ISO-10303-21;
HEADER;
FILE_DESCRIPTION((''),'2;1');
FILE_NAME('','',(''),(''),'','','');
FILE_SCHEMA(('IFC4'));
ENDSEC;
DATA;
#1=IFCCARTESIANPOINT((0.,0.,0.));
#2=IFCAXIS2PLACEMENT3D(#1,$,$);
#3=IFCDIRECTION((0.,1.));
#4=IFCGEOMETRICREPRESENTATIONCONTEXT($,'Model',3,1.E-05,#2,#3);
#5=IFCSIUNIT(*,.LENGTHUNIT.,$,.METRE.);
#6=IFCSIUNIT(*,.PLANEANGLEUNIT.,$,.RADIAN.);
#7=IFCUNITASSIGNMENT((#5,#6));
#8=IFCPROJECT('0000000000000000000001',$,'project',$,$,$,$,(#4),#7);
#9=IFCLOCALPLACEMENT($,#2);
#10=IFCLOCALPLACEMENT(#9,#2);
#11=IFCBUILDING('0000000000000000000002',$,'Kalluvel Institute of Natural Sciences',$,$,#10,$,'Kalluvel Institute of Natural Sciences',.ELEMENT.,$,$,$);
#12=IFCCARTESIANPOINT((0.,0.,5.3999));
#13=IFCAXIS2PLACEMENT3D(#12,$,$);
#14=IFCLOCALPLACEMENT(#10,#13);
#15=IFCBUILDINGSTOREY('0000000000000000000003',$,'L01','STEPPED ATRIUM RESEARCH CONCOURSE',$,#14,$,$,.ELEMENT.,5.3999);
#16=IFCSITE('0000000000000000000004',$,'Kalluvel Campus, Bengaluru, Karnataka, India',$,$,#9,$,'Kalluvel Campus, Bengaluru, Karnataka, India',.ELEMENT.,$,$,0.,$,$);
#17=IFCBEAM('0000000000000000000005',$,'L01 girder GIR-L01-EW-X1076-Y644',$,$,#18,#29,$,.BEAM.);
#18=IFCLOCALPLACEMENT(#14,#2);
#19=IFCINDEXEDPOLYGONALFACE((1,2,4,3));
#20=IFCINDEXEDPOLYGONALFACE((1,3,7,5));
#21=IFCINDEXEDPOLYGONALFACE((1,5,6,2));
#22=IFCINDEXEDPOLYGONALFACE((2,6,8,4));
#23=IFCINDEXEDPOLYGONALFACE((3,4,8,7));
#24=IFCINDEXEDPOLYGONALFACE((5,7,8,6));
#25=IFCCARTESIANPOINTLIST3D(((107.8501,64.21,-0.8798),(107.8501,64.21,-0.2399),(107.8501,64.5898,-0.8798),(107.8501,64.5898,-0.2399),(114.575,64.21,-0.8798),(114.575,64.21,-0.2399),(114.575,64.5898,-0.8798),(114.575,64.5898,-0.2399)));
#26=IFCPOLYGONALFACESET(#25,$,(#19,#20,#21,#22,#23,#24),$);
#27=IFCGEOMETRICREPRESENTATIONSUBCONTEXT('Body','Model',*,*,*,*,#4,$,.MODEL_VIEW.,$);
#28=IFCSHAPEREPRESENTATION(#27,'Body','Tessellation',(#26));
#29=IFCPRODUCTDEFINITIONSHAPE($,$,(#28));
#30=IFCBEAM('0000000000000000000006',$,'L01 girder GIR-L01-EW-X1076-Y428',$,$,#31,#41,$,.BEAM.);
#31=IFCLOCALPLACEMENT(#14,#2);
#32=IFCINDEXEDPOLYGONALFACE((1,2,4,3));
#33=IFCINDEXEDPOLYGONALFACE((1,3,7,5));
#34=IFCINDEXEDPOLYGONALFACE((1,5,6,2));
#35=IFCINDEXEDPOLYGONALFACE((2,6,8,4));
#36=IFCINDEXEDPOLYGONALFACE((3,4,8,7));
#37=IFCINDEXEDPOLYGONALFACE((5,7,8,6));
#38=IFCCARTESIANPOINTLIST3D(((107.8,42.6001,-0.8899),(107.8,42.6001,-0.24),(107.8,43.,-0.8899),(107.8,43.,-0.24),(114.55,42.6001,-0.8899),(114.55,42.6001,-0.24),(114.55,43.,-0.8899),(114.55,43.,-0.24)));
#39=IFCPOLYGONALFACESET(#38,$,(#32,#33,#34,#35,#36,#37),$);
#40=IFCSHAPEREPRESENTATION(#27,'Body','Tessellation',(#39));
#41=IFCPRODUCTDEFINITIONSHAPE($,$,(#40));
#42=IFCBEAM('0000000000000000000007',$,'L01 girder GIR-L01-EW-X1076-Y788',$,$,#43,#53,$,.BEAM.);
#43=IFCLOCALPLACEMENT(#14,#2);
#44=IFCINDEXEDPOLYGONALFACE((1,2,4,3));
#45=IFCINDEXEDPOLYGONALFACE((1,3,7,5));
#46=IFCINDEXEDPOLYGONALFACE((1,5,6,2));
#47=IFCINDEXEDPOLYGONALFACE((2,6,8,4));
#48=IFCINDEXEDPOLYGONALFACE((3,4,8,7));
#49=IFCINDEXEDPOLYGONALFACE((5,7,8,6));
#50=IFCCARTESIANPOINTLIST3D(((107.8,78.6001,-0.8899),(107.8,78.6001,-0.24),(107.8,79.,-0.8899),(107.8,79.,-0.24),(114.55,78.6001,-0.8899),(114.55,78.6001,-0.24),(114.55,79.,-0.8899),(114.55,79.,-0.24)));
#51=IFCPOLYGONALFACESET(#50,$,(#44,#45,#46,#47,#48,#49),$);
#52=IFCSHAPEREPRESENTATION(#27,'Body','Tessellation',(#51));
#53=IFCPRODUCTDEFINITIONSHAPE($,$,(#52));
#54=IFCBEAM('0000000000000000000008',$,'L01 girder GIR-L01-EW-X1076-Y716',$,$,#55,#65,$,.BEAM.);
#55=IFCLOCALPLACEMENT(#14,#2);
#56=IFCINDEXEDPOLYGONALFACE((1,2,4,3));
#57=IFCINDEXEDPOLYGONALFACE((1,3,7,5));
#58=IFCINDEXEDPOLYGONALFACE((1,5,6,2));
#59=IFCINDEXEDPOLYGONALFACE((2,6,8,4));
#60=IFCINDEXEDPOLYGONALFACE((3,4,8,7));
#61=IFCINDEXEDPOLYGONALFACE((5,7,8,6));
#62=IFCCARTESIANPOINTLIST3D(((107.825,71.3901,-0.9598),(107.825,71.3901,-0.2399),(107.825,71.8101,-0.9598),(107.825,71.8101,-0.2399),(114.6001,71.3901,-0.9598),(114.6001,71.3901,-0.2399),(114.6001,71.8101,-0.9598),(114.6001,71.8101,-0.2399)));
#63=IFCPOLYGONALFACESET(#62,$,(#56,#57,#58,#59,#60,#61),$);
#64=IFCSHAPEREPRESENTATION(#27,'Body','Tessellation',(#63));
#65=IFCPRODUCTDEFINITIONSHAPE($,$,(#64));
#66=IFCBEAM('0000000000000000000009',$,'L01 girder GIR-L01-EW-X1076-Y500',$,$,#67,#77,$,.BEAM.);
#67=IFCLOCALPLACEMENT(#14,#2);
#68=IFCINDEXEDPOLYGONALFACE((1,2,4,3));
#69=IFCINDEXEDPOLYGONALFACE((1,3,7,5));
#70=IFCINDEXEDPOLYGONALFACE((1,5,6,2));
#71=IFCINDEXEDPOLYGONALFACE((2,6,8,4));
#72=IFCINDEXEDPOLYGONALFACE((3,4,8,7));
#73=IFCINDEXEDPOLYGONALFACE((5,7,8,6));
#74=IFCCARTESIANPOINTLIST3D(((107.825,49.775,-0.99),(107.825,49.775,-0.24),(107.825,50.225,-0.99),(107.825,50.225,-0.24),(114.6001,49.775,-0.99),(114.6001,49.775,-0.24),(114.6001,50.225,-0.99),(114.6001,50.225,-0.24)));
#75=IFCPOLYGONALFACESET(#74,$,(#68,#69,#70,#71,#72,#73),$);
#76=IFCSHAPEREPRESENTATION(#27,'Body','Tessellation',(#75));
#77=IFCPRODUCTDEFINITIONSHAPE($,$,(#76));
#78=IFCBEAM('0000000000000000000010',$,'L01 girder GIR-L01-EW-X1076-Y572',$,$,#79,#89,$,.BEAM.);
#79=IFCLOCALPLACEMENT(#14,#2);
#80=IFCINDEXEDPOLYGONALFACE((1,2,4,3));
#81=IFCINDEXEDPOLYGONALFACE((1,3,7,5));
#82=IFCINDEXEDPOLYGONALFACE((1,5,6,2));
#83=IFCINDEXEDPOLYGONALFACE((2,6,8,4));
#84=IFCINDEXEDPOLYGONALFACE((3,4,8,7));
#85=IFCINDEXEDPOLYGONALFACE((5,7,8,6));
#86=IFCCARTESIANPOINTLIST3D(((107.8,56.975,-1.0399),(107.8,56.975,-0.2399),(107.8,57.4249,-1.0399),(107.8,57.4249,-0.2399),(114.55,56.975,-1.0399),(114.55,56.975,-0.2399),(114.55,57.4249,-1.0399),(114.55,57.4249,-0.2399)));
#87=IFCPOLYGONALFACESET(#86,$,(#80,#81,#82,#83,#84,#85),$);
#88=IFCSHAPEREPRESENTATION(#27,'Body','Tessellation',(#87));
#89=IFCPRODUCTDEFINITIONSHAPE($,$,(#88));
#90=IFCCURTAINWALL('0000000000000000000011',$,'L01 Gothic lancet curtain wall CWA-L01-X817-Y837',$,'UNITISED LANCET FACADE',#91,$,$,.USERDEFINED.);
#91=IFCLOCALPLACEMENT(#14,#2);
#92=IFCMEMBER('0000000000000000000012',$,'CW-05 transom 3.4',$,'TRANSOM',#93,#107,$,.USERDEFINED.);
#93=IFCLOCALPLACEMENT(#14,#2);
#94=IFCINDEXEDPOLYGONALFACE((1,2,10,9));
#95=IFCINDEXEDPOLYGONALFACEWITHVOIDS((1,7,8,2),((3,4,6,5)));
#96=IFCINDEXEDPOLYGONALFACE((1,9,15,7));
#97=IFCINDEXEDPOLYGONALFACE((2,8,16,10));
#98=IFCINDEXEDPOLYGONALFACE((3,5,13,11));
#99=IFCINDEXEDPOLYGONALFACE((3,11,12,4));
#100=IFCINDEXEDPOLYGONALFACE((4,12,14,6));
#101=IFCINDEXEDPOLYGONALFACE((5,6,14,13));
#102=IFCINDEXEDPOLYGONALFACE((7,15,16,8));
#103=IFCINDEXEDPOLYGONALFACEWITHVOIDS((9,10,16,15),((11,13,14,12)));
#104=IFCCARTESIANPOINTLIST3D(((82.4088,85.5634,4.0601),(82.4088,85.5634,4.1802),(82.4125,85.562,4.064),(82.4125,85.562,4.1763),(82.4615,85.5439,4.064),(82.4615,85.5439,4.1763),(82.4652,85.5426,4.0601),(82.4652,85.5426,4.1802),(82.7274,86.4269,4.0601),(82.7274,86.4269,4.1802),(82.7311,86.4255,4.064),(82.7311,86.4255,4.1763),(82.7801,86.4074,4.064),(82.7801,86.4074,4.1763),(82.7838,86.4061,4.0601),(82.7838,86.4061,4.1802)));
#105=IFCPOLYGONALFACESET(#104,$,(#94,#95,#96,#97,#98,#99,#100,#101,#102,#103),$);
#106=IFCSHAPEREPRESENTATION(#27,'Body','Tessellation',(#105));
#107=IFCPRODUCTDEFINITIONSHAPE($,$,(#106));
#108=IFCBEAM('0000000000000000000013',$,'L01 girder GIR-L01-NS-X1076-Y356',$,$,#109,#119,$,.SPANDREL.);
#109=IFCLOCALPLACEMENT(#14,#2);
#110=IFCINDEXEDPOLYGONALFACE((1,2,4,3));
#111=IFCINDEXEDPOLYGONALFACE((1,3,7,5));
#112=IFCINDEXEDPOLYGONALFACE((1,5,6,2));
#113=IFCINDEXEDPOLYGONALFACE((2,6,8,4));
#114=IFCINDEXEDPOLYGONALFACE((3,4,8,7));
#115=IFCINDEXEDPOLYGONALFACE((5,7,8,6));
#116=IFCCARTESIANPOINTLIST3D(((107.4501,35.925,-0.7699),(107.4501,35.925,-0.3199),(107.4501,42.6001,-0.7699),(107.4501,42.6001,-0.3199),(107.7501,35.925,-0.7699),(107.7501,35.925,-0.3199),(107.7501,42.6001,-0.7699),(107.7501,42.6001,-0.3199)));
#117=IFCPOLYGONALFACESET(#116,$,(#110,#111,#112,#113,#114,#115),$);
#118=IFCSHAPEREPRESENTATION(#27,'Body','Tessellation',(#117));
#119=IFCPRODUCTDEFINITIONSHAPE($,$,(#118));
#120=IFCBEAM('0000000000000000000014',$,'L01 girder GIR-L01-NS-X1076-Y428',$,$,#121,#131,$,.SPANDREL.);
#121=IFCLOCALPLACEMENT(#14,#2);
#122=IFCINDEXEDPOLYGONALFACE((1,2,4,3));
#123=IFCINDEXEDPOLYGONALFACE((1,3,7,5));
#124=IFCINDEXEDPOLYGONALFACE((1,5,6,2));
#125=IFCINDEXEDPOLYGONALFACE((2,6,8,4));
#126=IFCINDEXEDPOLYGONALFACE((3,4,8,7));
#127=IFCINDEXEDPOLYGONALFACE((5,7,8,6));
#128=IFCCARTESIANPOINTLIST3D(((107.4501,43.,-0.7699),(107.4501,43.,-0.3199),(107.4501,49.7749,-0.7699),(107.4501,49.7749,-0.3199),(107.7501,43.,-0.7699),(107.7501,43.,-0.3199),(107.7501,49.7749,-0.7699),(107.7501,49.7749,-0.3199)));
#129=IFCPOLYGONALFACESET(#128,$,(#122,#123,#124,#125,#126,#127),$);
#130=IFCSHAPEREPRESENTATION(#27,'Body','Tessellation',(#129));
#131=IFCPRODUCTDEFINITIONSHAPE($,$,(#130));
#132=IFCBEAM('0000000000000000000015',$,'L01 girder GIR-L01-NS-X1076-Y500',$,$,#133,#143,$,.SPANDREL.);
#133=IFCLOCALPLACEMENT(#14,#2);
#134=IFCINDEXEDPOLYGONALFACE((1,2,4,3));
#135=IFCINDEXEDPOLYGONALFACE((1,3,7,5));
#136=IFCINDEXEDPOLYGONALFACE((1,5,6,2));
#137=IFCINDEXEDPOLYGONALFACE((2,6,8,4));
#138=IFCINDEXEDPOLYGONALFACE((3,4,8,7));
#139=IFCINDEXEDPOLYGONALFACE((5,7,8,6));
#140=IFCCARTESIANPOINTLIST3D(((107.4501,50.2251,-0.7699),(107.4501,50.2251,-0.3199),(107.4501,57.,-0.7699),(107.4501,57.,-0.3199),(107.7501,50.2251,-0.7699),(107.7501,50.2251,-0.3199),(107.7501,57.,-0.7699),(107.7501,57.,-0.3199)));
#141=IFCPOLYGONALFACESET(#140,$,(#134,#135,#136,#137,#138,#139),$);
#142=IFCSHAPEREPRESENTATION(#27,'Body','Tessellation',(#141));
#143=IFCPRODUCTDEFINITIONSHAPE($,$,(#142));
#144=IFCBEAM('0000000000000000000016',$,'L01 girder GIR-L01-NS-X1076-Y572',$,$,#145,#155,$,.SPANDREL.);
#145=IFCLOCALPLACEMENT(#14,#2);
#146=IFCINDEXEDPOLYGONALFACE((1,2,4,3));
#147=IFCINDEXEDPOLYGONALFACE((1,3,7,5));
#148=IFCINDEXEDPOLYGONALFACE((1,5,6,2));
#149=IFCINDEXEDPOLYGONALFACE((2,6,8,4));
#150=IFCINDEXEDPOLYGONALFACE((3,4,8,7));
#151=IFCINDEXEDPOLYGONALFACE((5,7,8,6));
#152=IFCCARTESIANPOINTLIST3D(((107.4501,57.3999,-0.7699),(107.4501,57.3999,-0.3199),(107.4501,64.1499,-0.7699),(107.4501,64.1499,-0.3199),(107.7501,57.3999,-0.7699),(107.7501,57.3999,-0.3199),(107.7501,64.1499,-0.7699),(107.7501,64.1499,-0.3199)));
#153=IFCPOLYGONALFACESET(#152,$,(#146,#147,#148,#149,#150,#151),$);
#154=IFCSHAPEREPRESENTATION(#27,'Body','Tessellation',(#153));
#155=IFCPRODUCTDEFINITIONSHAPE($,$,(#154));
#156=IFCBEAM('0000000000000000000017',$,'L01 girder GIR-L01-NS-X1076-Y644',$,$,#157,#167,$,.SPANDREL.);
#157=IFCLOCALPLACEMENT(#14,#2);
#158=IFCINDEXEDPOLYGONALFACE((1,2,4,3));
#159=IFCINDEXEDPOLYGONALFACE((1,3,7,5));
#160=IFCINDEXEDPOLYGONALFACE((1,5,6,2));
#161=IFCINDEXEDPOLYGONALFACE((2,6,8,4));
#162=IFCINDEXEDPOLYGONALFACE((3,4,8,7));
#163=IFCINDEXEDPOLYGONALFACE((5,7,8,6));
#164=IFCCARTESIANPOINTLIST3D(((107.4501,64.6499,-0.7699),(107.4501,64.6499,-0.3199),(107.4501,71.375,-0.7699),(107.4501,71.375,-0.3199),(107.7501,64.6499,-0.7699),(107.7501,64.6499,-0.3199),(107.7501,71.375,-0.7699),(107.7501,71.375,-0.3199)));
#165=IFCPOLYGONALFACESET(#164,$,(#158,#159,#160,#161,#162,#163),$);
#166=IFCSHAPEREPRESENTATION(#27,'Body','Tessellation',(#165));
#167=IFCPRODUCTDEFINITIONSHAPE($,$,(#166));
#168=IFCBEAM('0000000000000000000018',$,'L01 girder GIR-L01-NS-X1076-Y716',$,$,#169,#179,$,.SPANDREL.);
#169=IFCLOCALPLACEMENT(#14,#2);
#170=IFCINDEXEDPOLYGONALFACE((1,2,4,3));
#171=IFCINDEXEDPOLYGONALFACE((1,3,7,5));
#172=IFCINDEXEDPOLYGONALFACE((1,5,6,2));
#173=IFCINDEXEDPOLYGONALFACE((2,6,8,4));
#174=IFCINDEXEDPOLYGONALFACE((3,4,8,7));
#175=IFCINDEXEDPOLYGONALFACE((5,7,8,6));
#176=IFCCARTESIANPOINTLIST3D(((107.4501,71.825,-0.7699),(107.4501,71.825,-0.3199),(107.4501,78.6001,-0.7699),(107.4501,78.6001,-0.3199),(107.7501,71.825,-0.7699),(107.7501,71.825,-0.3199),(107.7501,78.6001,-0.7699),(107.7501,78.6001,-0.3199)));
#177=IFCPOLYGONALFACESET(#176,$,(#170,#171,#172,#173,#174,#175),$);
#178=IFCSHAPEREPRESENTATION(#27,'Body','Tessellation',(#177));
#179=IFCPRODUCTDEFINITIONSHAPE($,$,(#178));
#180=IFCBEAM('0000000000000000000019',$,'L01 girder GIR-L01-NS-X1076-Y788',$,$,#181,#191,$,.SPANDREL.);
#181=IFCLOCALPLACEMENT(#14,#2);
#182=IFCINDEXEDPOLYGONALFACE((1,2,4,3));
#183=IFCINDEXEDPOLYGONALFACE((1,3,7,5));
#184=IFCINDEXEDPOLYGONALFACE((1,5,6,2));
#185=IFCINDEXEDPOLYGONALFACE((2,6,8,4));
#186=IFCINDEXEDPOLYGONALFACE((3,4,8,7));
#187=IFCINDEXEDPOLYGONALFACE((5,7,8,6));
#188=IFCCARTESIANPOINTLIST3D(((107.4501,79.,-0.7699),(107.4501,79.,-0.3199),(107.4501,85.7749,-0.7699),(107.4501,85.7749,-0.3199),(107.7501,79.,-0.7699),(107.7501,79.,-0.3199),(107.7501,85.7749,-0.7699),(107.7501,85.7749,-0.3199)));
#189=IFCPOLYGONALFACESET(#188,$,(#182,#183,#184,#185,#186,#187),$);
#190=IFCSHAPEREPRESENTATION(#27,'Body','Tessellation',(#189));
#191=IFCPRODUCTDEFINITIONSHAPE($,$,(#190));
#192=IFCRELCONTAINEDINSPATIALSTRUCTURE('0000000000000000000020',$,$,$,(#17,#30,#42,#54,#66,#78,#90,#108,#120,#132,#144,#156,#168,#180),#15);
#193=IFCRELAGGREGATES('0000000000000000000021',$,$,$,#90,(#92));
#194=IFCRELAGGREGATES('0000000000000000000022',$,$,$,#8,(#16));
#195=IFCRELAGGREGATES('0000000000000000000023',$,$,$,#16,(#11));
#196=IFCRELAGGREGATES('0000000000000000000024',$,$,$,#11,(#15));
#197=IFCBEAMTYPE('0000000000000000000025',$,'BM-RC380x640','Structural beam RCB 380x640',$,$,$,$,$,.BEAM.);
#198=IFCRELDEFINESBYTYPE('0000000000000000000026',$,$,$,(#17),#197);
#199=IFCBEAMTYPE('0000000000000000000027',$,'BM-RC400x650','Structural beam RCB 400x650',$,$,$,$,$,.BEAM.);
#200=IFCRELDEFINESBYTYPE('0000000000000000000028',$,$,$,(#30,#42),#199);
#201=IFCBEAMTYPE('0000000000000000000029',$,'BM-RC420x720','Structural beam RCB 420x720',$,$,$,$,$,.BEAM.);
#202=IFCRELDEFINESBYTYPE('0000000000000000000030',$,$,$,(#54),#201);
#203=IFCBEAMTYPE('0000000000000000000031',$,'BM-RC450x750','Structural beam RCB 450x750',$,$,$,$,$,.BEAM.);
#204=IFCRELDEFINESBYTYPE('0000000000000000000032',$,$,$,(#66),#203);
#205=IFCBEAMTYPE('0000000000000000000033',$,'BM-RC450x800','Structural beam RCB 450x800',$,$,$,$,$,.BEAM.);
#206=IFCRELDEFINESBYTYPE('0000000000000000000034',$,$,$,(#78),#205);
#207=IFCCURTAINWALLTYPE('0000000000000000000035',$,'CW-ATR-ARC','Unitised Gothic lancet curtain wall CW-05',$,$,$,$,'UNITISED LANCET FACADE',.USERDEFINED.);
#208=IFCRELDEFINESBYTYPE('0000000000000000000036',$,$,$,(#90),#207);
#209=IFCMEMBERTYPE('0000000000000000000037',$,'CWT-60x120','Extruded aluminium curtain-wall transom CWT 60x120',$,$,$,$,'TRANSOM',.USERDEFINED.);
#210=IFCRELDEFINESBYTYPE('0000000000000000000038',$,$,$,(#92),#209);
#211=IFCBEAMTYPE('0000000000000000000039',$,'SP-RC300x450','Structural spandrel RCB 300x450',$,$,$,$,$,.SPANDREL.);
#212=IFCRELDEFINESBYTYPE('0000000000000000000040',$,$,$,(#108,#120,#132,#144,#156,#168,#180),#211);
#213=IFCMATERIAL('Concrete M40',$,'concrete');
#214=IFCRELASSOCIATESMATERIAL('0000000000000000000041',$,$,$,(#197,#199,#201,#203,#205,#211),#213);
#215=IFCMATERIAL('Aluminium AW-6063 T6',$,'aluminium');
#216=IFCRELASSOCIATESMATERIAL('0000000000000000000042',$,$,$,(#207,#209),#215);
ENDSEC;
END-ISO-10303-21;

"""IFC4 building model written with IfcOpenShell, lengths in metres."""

from ifc_helpers import new_model, si_unit, direction, frame, origin, origin_2d, place, context, subcontext, project, spatial, rectangle, hollow_rectangle, extrude, material, material_profile, profile_set, type_object, element, aggregate, save


model = new_model("IFC4")

# Units and contexts
model_context = context("Model", 3, precision=1e-05, world=origin(), true_north=direction((0.0, 1.0)))
body_context = subcontext(model_context, "Body", "Model", "MODEL_VIEW")
ifc_project = project(units=[si_unit("LENGTHUNIT", "METRE"), si_unit("PLANEANGLEUNIT", "RADIAN")], contexts=[model_context])

# Site, building, storey
site_placement = place(None, origin())
site = spatial("IfcSite", under=ifc_project, at=site_placement, Name="Kalluvel Campus, Bengaluru, Karnataka, India", LongName="Kalluvel Campus, Bengaluru, Karnataka, India", CompositionType="ELEMENT", RefElevation=0.0)
building_placement = place(site_placement, origin())
building = spatial("IfcBuilding", under=site, at=building_placement, Name="Kalluvel Institute of Natural Sciences", LongName="Kalluvel Institute of Natural Sciences", CompositionType="ELEMENT")
storey_placement = place(building_placement, frame((0.0, 0.0, 5.3999)))
storey = spatial("IfcBuildingStorey", under=building, at=storey_placement, Name="L01", Description="STEPPED ATRIUM RESEARCH CONCOURSE", CompositionType="ELEMENT", Elevation=5.3999)

# Beams
ifc_material_1 = material(Name="Concrete M40", Category="concrete")
ifc_material_profile_1 = material_profile(ifc_material_1, rectangle(XDim=0.3799, YDim=0.6399, at=origin_2d()), Name="RCB 380x640")
ifc_profile_set_1 = profile_set([ifc_material_profile_1], Name="Concrete M40")
beam_type_1 = type_object("IfcBeamType", Name="BM-RC380x640", Description="Structural beam RCB 380x640", PredefinedType="BEAM", material=ifc_profile_set_1)
beam_1_placement = place(storey_placement, frame((107.8501, 64.3999, -0.5598), z_axis=(1.0, 0.0, 0.0), x_axis=(0.0, 1.0, 0.0)))
element("IfcBeam", 1, at=beam_1_placement, inside=storey, type_object=beam_type_1, Name="L01 girder GIR-L01-EW-X1076-Y644", PredefinedType="BEAM", context=body_context, shape_type="SweptSolid", body=[
    extrude(rectangle(XDim=0.3799, YDim=0.6399, at=origin_2d()), origin(), (0.0, 0.0, 1.0), 6.7249),
])
ifc_material_profile_2 = material_profile(ifc_material_1, rectangle(XDim=0.3999, YDim=0.6499, at=origin_2d()), Name="RCB 400x650")
ifc_profile_set_2 = profile_set([ifc_material_profile_2], Name="Concrete M40")
beam_type_2 = type_object("IfcBeamType", Name="BM-RC400x650", Description="Structural beam RCB 400x650", PredefinedType="BEAM", material=ifc_profile_set_2)
for number, where, z_axis, x_axis, name in (
    (2, (107.8, 42.8, -0.5649), (1.0, 0.0, 0.0), (0.0, 1.0, 0.0), "L01 girder GIR-L01-EW-X1076-Y428"),
    (3, (107.8, 78.8, -0.5649), (1.0, 0.0, 0.0), (0.0, 1.0, 0.0), "L01 girder GIR-L01-EW-X1076-Y788"),
):
    element("IfcBeam", number, at=place(storey_placement, frame(where, z_axis=z_axis, x_axis=x_axis)), inside=storey, type_object=beam_type_2, Name=name, PredefinedType="BEAM", context=body_context, shape_type="SweptSolid", body=[
        extrude(rectangle(XDim=0.3999, YDim=0.6499, at=origin_2d()), origin(), (0.0, 0.0, 1.0), 6.75),
    ])
ifc_material_profile_3 = material_profile(ifc_material_1, rectangle(XDim=0.4199, YDim=0.72, at=origin_2d()), Name="RCB 420x720")
ifc_profile_set_3 = profile_set([ifc_material_profile_3], Name="Concrete M40")
beam_type_3 = type_object("IfcBeamType", Name="BM-RC420x720", Description="Structural beam RCB 420x720", PredefinedType="BEAM", material=ifc_profile_set_3)
beam_2_placement = place(storey_placement, frame((107.825, 71.6001, -0.5999), z_axis=(1.0, 0.0, 0.0), x_axis=(0.0, 1.0, 0.0)))
element("IfcBeam", 4, at=beam_2_placement, inside=storey, type_object=beam_type_3, Name="L01 girder GIR-L01-EW-X1076-Y716", PredefinedType="BEAM", context=body_context, shape_type="SweptSolid", body=[
    extrude(rectangle(XDim=0.4199, YDim=0.72, at=origin_2d()), origin(), (0.0, 0.0, 1.0), 6.7751),
])
ifc_material_profile_4 = material_profile(ifc_material_1, rectangle(XDim=0.45, YDim=0.75, at=origin_2d()), Name="RCB 450x750")
ifc_profile_set_4 = profile_set([ifc_material_profile_4], Name="Concrete M40")
beam_type_4 = type_object("IfcBeamType", Name="BM-RC450x750", Description="Structural beam RCB 450x750", PredefinedType="BEAM", material=ifc_profile_set_4)
beam_3_placement = place(storey_placement, frame((107.825, 50.0, -0.615), z_axis=(1.0, 0.0, 0.0), x_axis=(0.0, 1.0, 0.0)))
element("IfcBeam", 5, at=beam_3_placement, inside=storey, type_object=beam_type_4, Name="L01 girder GIR-L01-EW-X1076-Y500", PredefinedType="BEAM", context=body_context, shape_type="SweptSolid", body=[
    extrude(rectangle(XDim=0.45, YDim=0.75, at=origin_2d()), origin(), (0.0, 0.0, 1.0), 6.7751),
])
ifc_material_profile_5 = material_profile(ifc_material_1, rectangle(XDim=0.45, YDim=0.8, at=origin_2d()), Name="RCB 450x800")
ifc_profile_set_5 = profile_set([ifc_material_profile_5], Name="Concrete M40")
beam_type_5 = type_object("IfcBeamType", Name="BM-RC450x800", Description="Structural beam RCB 450x800", PredefinedType="BEAM", material=ifc_profile_set_5)
beam_4_placement = place(storey_placement, frame((107.8, 57.2, -0.6399), z_axis=(1.0, 0.0, 0.0), x_axis=(0.0, 1.0, 0.0)))
element("IfcBeam", 6, at=beam_4_placement, inside=storey, type_object=beam_type_5, Name="L01 girder GIR-L01-EW-X1076-Y572", PredefinedType="BEAM", context=body_context, shape_type="SweptSolid", body=[
    extrude(rectangle(XDim=0.45, YDim=0.8, at=origin_2d()), origin(), (0.0, 0.0, 1.0), 6.75),
])

# Curtain wall, member
ifc_material_2 = material(Name="Aluminium AW-6063 T6", Category="aluminium")
curtain_wall_type = type_object("IfcCurtainWallType", Name="CW-ATR-ARC", Description="Unitised Gothic lancet curtain wall CW-05", ElementType="UNITISED LANCET FACADE", PredefinedType="USERDEFINED", material=ifc_material_2)
curtain_wall_placement = place(storey_placement, origin())
curtain_wall = element("IfcCurtainWall", 7, at=curtain_wall_placement, inside=storey, type_object=curtain_wall_type, Name="L01 Gothic lancet curtain wall CWA-L01-X817-Y837", ObjectType="UNITISED LANCET FACADE", PredefinedType="USERDEFINED")
ifc_material_profile_6 = material_profile(ifc_material_2, hollow_rectangle(XDim=0.0601, YDim=0.1201, WallThickness=0.0039, at=origin_2d()), Name="CWT 60x120")
ifc_profile_set_6 = profile_set([ifc_material_profile_6], Name="Aluminium AW-6063 T6")
member_type = type_object("IfcMemberType", Name="CWT-60x120", Description="Extruded aluminium curtain-wall transom CWT 60x120", ElementType="TRANSOM", PredefinedType="USERDEFINED", material=ifc_profile_set_6)
member_placement = place(storey_placement, frame((82.437, 85.553, 4.1201), z_axis=(0.346148, 0.93818, 0.0), x_axis=(-0.93818, 0.346148, 0.0)))
member = element("IfcMember", 8, at=member_placement, type_object=member_type, Name="CW-05 transom 3.4", ObjectType="TRANSOM", PredefinedType="USERDEFINED", context=body_context, shape_type="SweptSolid", body=[
    extrude(hollow_rectangle(XDim=0.0601, YDim=0.1201, WallThickness=0.0039, at=origin_2d()), origin(), (0.0, 0.0, 1.0), 0.9204),
])

# Beams
ifc_material_profile_7 = material_profile(ifc_material_1, rectangle(XDim=0.3, YDim=0.45, at=origin_2d()), Name="RCB 300x450")
ifc_profile_set_7 = profile_set([ifc_material_profile_7], Name="Concrete M40")
beam_type_6 = type_object("IfcBeamType", Name="SP-RC300x450", Description="Structural spandrel RCB 300x450", PredefinedType="SPANDREL", material=ifc_profile_set_7)
beam_5_placement = place(storey_placement, frame((107.6001, 35.925, -0.5449), z_axis=(0.0, 1.0, 0.0), x_axis=(-1.0, 0.0, 0.0)))
element("IfcBeam", 9, at=beam_5_placement, inside=storey, type_object=beam_type_6, Name="L01 girder GIR-L01-NS-X1076-Y356", PredefinedType="SPANDREL", context=body_context, shape_type="SweptSolid", body=[
    extrude(rectangle(XDim=0.3, YDim=0.45, at=origin_2d()), origin(), (0.0, 0.0, 1.0), 6.675),
])
for number, where, z_axis, x_axis, name in (
    (10, (107.6001, 43.0, -0.5449), (0.0, 1.0, 0.0), (-1.0, 0.0, 0.0), "L01 girder GIR-L01-NS-X1076-Y428"),
    (11, (107.6001, 50.2251, -0.5449), (0.0, 1.0, 0.0), (-1.0, 0.0, 0.0), "L01 girder GIR-L01-NS-X1076-Y500"),
):
    element("IfcBeam", number, at=place(storey_placement, frame(where, z_axis=z_axis, x_axis=x_axis)), inside=storey, type_object=beam_type_6, Name=name, PredefinedType="SPANDREL", context=body_context, shape_type="SweptSolid", body=[
        extrude(rectangle(XDim=0.3, YDim=0.45, at=origin_2d()), origin(), (0.0, 0.0, 1.0), 6.7749),
    ])
beam_6_placement = place(storey_placement, frame((107.6001, 57.3999, -0.5449), z_axis=(0.0, 1.0, 0.0), x_axis=(-1.0, 0.0, 0.0)))
element("IfcBeam", 12, at=beam_6_placement, inside=storey, type_object=beam_type_6, Name="L01 girder GIR-L01-NS-X1076-Y572", PredefinedType="SPANDREL", context=body_context, shape_type="SweptSolid", body=[
    extrude(rectangle(XDim=0.3, YDim=0.45, at=origin_2d()), origin(), (0.0, 0.0, 1.0), 6.75),
])
beam_7_placement = place(storey_placement, frame((107.6001, 64.6499, -0.5449), z_axis=(0.0, 1.0, 0.0), x_axis=(-1.0, 0.0, 0.0)))
element("IfcBeam", 13, at=beam_7_placement, inside=storey, type_object=beam_type_6, Name="L01 girder GIR-L01-NS-X1076-Y644", PredefinedType="SPANDREL", context=body_context, shape_type="SweptSolid", body=[
    extrude(rectangle(XDim=0.3, YDim=0.45, at=origin_2d()), origin(), (0.0, 0.0, 1.0), 6.7251),
])
beam_8_placement = place(storey_placement, frame((107.6001, 71.825, -0.5449), z_axis=(0.0, 1.0, 0.0), x_axis=(-1.0, 0.0, 0.0)))
element("IfcBeam", 14, at=beam_8_placement, inside=storey, type_object=beam_type_6, Name="L01 girder GIR-L01-NS-X1076-Y716", PredefinedType="SPANDREL", context=body_context, shape_type="SweptSolid", body=[
    extrude(rectangle(XDim=0.3, YDim=0.45, at=origin_2d()), origin(), (0.0, 0.0, 1.0), 6.7751),
])
beam_9_placement = place(storey_placement, frame((107.6001, 79.0, -0.5449), z_axis=(0.0, 1.0, 0.0), x_axis=(-1.0, 0.0, 0.0)))
element("IfcBeam", 15, at=beam_9_placement, inside=storey, type_object=beam_type_6, Name="L01 girder GIR-L01-NS-X1076-Y788", PredefinedType="SPANDREL", context=body_context, shape_type="SweptSolid", body=[
    extrude(rectangle(XDim=0.3, YDim=0.45, at=origin_2d()), origin(), (0.0, 0.0, 1.0), 6.7749),
])

aggregate(curtain_wall, [member])

save(model, "model.ifc")
